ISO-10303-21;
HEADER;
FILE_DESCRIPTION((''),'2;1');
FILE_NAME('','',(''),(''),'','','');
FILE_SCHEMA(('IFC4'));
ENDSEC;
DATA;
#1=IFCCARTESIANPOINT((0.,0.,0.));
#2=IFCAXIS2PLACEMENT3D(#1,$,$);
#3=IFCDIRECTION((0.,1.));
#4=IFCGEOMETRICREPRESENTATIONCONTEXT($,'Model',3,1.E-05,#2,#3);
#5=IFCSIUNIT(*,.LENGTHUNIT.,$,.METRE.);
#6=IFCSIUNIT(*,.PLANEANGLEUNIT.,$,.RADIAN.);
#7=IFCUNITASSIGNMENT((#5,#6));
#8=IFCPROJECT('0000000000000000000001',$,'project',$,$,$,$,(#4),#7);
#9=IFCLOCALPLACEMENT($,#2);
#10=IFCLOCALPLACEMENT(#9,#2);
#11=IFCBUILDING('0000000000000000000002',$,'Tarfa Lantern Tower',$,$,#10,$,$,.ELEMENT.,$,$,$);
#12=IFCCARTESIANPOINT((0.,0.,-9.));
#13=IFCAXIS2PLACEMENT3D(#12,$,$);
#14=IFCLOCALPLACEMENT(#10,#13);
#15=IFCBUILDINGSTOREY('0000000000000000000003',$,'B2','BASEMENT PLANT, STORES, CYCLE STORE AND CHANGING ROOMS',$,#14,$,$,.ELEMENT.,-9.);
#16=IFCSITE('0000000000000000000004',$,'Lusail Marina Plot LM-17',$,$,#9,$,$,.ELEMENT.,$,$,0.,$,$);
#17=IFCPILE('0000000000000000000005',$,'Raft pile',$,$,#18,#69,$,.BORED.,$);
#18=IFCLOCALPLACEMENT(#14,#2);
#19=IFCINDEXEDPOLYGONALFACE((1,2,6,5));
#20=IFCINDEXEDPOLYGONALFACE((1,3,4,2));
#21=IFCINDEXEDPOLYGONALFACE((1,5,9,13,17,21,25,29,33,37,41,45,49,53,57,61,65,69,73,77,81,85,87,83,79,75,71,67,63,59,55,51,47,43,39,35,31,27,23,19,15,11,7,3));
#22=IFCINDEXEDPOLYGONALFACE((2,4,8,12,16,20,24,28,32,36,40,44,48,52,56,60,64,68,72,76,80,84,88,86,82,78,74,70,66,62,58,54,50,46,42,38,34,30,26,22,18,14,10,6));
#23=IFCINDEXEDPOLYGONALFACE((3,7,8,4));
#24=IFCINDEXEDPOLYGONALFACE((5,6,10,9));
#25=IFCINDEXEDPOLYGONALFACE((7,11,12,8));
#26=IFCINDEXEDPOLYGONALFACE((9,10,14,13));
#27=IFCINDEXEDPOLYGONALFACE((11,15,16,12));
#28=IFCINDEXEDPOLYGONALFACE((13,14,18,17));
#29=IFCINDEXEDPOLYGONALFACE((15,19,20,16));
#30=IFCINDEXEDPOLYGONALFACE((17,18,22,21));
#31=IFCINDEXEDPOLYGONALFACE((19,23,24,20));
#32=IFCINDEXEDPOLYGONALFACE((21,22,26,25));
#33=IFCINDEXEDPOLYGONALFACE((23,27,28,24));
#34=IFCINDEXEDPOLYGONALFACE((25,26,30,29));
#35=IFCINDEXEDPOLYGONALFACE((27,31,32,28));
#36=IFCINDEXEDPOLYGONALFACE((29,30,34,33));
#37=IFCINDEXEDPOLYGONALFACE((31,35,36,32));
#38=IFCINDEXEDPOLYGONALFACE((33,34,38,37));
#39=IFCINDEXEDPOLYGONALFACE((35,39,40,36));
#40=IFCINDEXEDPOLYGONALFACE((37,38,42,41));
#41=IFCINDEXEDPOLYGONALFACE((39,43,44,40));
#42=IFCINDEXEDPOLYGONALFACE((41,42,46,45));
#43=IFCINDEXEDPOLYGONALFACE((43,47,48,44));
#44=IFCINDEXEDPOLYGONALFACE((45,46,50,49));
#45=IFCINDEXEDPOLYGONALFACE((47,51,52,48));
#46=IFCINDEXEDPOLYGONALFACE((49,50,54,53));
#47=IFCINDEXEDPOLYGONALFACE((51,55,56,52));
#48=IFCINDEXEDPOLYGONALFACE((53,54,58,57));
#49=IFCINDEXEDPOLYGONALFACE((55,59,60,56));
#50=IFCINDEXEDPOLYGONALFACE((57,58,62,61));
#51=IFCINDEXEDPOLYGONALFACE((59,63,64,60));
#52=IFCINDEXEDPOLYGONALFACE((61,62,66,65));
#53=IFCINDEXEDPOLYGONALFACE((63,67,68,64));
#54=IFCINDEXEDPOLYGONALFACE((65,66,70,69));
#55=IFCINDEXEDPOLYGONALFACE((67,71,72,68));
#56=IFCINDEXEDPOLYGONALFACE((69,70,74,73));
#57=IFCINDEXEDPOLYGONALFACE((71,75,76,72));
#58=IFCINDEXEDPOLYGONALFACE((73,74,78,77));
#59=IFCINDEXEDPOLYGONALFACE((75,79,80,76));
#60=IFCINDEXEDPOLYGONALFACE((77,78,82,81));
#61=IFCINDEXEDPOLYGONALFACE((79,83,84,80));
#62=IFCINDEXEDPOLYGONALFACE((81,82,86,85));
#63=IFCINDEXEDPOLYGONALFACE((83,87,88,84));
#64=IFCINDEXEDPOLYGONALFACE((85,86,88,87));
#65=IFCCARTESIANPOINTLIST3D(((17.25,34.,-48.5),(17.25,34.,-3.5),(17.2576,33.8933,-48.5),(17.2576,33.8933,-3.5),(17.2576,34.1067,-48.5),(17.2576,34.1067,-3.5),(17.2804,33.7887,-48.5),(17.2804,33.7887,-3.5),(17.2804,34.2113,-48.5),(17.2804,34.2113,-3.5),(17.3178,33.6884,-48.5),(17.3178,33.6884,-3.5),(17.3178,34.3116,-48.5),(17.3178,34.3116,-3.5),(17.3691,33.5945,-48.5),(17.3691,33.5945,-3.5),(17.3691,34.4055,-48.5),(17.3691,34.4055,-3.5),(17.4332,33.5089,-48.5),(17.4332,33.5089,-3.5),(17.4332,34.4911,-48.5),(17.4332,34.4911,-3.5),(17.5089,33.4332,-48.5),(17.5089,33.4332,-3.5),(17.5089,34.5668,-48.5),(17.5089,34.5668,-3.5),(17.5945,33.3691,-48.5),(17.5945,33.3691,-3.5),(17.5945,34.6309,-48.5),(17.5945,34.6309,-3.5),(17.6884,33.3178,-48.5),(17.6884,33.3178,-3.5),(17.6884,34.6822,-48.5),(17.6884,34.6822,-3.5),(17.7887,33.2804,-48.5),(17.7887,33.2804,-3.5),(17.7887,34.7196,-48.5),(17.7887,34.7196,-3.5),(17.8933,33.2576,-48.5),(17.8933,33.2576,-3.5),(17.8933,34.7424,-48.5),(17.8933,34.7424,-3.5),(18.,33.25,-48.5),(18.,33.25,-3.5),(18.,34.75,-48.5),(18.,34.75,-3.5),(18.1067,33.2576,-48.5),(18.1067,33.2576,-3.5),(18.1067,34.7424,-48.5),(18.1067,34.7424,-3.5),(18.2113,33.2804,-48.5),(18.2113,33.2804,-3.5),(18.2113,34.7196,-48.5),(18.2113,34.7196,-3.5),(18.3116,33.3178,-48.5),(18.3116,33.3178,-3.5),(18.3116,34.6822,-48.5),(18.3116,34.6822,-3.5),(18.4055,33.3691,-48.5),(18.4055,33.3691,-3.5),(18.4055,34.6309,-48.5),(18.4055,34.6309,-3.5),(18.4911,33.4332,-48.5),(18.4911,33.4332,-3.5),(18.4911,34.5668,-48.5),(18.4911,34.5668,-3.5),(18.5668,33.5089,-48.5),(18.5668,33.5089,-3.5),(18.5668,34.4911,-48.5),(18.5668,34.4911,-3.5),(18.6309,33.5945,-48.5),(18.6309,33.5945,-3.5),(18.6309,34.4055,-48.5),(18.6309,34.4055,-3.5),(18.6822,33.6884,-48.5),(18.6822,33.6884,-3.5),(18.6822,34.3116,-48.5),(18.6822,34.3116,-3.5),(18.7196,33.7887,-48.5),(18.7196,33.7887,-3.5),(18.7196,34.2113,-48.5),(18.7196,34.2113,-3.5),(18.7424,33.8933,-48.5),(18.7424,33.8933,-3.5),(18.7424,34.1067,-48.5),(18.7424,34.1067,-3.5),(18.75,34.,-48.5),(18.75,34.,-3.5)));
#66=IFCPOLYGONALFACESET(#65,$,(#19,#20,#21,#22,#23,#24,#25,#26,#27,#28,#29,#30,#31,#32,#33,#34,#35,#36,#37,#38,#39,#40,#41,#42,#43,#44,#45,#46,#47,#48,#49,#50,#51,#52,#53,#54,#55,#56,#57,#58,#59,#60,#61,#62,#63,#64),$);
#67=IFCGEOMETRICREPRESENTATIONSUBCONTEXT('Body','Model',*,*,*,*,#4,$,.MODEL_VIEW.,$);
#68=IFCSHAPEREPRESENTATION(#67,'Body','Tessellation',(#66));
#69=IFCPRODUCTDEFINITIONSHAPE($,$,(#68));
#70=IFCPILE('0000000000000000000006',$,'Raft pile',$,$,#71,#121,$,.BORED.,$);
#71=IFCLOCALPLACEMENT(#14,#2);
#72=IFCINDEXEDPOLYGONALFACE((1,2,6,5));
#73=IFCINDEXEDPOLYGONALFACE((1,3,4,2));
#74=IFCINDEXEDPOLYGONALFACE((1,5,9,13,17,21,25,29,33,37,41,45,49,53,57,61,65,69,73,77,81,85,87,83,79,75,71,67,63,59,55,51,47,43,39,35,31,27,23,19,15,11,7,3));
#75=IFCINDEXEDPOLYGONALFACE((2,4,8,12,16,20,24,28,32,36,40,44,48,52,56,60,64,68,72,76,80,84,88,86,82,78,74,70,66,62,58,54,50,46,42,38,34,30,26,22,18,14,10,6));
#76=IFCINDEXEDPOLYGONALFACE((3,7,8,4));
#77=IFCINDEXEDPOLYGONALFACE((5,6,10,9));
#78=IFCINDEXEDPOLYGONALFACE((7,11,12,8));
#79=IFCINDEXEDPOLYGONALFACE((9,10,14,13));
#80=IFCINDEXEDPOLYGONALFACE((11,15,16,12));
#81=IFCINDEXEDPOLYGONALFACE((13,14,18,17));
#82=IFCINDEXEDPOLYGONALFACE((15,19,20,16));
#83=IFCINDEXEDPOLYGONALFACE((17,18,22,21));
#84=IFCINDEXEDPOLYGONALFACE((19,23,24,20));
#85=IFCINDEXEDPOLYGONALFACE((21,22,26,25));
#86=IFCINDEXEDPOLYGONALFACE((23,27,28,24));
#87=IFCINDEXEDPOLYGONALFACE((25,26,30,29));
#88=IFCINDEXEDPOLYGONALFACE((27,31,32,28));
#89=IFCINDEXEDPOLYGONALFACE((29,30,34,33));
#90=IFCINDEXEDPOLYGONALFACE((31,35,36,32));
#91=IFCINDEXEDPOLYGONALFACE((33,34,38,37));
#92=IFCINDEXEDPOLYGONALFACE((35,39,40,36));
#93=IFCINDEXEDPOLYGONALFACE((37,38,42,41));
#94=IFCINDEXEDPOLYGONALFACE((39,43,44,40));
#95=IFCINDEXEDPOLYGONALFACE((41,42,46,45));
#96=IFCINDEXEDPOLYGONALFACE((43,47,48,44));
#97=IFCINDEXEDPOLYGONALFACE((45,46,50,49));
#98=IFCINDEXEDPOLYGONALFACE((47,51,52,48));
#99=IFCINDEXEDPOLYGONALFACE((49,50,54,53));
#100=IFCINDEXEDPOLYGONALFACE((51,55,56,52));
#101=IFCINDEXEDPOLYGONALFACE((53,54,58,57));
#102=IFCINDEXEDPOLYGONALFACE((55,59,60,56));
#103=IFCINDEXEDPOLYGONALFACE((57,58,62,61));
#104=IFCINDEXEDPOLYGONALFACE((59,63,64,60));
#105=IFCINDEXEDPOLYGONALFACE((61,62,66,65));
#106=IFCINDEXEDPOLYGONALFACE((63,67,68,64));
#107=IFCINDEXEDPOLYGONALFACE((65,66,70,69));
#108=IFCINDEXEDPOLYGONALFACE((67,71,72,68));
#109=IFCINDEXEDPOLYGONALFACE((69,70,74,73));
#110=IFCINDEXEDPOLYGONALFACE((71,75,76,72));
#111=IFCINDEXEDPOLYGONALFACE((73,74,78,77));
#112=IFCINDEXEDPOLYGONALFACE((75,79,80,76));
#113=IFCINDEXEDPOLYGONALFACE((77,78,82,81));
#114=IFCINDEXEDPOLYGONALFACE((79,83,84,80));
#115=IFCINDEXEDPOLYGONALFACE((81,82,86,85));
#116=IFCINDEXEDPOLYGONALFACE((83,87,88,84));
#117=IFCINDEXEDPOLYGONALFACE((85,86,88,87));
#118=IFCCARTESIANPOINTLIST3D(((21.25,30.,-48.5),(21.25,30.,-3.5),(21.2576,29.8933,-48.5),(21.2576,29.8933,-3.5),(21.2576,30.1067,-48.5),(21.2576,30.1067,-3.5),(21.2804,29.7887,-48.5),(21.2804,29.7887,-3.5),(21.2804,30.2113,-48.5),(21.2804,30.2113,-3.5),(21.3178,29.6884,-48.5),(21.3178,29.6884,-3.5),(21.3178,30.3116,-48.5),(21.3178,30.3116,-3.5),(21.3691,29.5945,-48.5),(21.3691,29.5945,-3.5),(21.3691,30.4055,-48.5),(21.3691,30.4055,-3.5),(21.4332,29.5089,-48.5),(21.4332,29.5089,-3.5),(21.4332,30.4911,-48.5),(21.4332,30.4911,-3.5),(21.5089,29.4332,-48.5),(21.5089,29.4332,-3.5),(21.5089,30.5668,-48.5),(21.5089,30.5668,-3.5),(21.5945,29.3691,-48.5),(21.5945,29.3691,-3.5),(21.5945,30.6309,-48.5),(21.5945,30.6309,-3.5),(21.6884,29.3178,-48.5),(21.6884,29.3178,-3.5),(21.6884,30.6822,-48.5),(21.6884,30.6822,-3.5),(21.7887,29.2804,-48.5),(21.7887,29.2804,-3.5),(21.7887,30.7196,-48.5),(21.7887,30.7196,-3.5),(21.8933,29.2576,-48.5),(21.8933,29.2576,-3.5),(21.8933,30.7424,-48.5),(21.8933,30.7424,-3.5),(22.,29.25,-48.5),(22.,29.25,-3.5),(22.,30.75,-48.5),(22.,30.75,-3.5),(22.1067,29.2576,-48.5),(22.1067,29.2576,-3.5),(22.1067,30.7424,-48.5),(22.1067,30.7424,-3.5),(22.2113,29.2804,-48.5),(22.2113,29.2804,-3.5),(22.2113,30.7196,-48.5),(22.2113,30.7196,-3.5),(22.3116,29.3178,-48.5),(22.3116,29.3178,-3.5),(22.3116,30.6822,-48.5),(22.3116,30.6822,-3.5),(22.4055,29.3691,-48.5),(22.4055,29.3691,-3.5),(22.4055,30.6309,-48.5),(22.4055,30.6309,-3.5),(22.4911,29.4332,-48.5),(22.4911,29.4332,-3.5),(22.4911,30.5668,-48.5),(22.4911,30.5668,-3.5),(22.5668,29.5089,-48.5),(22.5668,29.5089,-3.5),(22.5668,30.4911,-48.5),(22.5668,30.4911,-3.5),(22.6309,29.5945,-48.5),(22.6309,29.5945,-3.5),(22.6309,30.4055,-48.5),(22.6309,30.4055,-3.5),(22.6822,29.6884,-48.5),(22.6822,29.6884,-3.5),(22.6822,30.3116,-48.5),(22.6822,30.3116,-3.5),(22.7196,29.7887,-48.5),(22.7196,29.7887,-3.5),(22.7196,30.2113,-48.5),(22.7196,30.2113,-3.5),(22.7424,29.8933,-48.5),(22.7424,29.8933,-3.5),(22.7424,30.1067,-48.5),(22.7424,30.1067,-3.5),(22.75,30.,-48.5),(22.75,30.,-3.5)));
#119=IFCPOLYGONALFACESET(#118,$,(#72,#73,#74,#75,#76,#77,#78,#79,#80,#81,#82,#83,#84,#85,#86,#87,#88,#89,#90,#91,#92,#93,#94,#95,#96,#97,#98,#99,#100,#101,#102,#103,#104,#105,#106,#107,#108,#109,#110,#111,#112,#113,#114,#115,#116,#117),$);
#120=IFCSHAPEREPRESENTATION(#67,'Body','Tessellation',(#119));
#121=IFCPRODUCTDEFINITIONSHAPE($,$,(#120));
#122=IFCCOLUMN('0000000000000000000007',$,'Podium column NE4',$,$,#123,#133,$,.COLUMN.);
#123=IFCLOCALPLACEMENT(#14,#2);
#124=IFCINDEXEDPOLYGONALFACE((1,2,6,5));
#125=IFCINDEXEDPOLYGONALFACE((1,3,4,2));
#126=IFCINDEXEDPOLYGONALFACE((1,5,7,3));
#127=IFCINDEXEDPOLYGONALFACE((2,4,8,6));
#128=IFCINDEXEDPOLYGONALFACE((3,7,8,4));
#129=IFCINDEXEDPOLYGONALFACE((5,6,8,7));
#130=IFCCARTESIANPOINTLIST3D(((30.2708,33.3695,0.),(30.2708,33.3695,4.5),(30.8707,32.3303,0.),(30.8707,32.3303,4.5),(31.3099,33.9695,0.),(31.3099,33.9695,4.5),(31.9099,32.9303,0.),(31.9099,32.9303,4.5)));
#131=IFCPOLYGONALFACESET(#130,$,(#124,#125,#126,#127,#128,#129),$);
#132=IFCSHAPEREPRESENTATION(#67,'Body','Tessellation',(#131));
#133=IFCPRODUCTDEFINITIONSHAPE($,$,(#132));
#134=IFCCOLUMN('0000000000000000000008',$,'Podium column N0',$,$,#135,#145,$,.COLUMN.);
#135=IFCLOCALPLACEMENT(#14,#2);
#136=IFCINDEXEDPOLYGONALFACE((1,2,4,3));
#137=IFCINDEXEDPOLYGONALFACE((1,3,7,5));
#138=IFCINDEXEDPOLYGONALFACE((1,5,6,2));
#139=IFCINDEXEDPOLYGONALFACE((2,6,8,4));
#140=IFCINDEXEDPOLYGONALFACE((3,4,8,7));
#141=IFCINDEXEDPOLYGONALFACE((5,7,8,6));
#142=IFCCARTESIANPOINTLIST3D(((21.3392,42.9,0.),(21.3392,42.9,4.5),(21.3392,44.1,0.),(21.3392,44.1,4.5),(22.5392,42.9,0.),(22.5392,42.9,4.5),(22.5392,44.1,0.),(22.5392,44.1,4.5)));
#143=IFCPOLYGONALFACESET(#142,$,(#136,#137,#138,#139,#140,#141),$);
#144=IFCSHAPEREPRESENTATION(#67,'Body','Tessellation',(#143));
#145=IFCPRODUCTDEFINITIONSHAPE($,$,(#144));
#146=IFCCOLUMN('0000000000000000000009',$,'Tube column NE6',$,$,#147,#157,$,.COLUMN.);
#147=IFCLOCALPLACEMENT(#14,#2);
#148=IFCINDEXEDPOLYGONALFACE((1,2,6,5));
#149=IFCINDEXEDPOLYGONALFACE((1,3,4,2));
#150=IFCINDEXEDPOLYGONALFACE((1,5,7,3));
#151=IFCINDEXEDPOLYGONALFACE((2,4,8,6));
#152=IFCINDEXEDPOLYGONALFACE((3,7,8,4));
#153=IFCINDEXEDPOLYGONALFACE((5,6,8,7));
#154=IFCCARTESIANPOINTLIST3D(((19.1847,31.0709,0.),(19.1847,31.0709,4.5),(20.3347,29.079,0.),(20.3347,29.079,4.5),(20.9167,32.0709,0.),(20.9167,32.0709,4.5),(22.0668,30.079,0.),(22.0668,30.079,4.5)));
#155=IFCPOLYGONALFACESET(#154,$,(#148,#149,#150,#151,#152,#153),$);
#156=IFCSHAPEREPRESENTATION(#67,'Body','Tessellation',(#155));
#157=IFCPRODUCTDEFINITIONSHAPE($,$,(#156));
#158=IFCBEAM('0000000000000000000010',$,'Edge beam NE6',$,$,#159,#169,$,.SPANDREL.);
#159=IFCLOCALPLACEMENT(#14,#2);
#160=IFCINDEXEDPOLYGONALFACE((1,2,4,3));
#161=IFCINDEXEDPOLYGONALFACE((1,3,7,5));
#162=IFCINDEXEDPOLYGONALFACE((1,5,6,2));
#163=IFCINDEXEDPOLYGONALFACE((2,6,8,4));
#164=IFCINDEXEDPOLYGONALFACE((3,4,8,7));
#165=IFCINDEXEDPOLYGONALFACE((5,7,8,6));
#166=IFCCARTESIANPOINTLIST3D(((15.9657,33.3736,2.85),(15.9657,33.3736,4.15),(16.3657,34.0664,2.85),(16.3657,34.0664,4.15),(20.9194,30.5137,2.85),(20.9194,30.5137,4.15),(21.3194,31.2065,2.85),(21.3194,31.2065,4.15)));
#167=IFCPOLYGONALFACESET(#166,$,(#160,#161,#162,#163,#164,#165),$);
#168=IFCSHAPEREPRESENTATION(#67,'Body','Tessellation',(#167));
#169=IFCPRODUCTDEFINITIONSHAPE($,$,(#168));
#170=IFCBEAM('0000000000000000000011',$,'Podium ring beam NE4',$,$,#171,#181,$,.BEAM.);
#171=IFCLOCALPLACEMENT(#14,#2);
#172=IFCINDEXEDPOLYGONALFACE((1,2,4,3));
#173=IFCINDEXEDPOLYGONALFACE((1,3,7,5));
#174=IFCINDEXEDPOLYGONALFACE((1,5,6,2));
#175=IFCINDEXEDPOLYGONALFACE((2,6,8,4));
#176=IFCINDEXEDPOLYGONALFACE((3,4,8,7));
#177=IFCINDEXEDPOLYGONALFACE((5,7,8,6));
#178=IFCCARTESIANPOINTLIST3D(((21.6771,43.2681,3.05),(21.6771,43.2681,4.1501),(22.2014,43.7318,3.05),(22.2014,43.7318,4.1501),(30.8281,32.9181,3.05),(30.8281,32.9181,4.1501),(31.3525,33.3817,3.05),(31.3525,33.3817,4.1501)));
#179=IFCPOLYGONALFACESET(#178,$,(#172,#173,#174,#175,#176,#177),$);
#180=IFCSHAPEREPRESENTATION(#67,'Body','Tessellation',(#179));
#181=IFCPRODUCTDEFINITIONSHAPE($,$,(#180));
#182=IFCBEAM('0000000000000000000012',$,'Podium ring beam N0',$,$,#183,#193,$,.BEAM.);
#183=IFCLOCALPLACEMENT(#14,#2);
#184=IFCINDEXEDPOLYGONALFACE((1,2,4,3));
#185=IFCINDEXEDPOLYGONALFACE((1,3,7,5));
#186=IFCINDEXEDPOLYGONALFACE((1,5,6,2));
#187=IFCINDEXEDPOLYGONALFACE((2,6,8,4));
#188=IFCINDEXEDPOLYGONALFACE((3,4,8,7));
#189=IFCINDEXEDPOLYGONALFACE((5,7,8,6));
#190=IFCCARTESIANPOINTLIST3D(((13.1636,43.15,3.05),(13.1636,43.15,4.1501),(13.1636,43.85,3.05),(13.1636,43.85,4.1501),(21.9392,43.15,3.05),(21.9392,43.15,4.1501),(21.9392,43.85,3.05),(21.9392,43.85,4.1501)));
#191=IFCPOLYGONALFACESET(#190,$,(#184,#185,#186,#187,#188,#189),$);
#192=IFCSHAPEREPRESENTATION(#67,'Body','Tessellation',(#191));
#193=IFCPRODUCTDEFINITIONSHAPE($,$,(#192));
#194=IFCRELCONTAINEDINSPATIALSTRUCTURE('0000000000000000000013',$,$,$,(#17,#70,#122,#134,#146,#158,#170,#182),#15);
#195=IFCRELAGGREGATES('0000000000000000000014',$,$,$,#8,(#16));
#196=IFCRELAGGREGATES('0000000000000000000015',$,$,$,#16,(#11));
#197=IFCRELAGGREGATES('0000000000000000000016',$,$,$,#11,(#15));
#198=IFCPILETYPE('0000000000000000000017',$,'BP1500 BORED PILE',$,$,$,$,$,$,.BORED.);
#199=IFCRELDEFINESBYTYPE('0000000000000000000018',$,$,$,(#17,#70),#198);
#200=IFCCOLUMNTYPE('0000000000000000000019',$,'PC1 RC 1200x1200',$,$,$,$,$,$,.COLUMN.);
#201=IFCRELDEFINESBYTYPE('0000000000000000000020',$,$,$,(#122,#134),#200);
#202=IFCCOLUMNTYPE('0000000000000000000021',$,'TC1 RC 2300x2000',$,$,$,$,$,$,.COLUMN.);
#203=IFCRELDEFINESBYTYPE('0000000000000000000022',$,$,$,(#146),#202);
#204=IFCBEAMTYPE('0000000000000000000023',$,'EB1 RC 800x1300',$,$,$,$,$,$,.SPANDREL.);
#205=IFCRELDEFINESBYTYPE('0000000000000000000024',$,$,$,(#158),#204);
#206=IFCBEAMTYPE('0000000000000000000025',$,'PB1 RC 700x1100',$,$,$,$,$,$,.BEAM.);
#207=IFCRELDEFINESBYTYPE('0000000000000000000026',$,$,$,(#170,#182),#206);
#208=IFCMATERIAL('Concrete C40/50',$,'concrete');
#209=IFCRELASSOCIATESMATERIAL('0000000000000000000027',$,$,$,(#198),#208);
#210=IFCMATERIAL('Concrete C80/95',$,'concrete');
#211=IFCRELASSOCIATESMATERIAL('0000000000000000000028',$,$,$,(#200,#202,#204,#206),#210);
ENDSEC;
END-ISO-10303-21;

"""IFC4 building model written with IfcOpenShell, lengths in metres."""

from ifc_helpers import new_model, si_unit, direction, frame, origin, origin_2d, place, context, subcontext, project, spatial, rectangle, circle, extrude, material, material_profile, profile_set, type_object, element, save


model = new_model("IFC4")

# Units and contexts
model_context = context("Model", 3, precision=1e-05, world=origin(), true_north=direction((0.0, 1.0)))
body_context = subcontext(model_context, "Body", "Model", "MODEL_VIEW")
ifc_project = project(units=[si_unit("LENGTHUNIT", "METRE"), si_unit("PLANEANGLEUNIT", "RADIAN")], contexts=[model_context])

# Site, building, storey
site_placement = place(None, origin())
site = spatial("IfcSite", under=ifc_project, at=site_placement, Name="Lusail Marina Plot LM-17", CompositionType="ELEMENT", RefElevation=0.0)
building_placement = place(site_placement, origin())
building = spatial("IfcBuilding", under=site, at=building_placement, Name="Tarfa Lantern Tower", CompositionType="ELEMENT")
storey_placement = place(building_placement, frame((0.0, 0.0, -9.0)))
storey = spatial("IfcBuildingStorey", under=building, at=storey_placement, Name="B2", Description="BASEMENT PLANT, STORES, CYCLE STORE AND CHANGING ROOMS", CompositionType="ELEMENT", Elevation=-9.0)

# Piles
ifc_material_1 = material(Name="Concrete C40/50", Category="concrete")
ifc_material_profile_1 = material_profile(ifc_material_1, circle(Radius=0.75, at=origin_2d()), Name="BORED PILE D1500")
ifc_profile_set_1 = profile_set([ifc_material_profile_1], Name="Concrete C40/50")
pile_type_1 = type_object("IfcPileType", Name="BP1500 BORED PILE", PredefinedType="BORED", material=ifc_profile_set_1)
for number, where, z_axis, x_axis, name in (
    (1, (18.0, 34.0, -3.5), (0.0, 0.0, -1.0), (1.0, 0.0, 0.0), "Raft pile"),
    (2, (22.0, 30.0, -3.5), (0.0, 0.0, -1.0), (1.0, 0.0, 0.0), "Raft pile"),
):
    element("IfcPile", number, at=place(storey_placement, frame(where, z_axis=z_axis, x_axis=x_axis)), inside=storey, type_object=pile_type_1, Name=name, PredefinedType="BORED", context=body_context, shape_type="SweptSolid", body=[
        extrude(circle(Radius=0.75, at=origin_2d()), origin(), (0.0, 0.0, 1.0), 45.0),
    ])

# Columns
ifc_material_2 = material(Name="Concrete C80/95", Category="concrete")
ifc_material_profile_2 = material_profile(ifc_material_2, rectangle(XDim=1.2, YDim=1.2, at=origin_2d()), Name="RC 1200x1200")
ifc_profile_set_2 = profile_set([ifc_material_profile_2], Name="Concrete C80/95")
column_type_1 = type_object("IfcColumnType", Name="PC1 RC 1200x1200", PredefinedType="COLUMN", material=ifc_profile_set_2)
for number, where, z_axis, x_axis, name in (
    (3, (31.0903, 33.1499, 0.0), (0.0, 0.0, 1.0), (-0.5, 0.866025, 0.0), "Podium column NE4"),
    (4, (21.9392, 43.5, 0.0), (0.0, 0.0, 1.0), (-1.0, 0.0, 0.0), "Podium column N0"),
):
    element("IfcColumn", number, at=place(storey_placement, frame(where, z_axis=z_axis, x_axis=x_axis)), inside=storey, type_object=column_type_1, Name=name, PredefinedType="COLUMN", context=body_context, shape_type="SweptSolid", body=[
        extrude(rectangle(XDim=1.2, YDim=1.2, at=origin_2d()), origin(), (0.0, 0.0, 1.0), 4.5),
    ])
ifc_material_profile_3 = material_profile(ifc_material_2, rectangle(XDim=2.3, YDim=2.0, at=origin_2d()), Name="RC 2300x2000")
ifc_profile_set_3 = profile_set([ifc_material_profile_3], Name="Concrete C80/95")
column_type_2 = type_object("IfcColumnType", Name="TC1 RC 2300x2000", PredefinedType="COLUMN", material=ifc_profile_set_3)
column_placement = place(storey_placement, frame((20.6257, 30.575, 0.0), z_axis=(0.0, 0.0, 1.0), x_axis=(-0.5, 0.866025, 0.0)))
element("IfcColumn", 5, at=column_placement, inside=storey, type_object=column_type_2, Name="Tube column NE6", PredefinedType="COLUMN", context=body_context, shape_type="SweptSolid", body=[
    extrude(rectangle(XDim=2.3, YDim=2.0, at=origin_2d()), origin(), (0.0, 0.0, 1.0), 4.5),
])

# Beams
ifc_material_profile_4 = material_profile(ifc_material_2, rectangle(XDim=0.8, YDim=1.3, at=origin_2d()), Name="RC 800x1300")
ifc_profile_set_4 = profile_set([ifc_material_profile_4], Name="Concrete C80/95")
beam_type_1 = type_object("IfcBeamType", Name="EB1 RC 800x1300", PredefinedType="SPANDREL", material=ifc_profile_set_4)
beam_1_placement = place(storey_placement, frame((21.1194, 30.8601, 3.5), z_axis=(-0.866033, 0.499986, 0.0), x_axis=(-0.499986, -0.866033, 0.0)))
element("IfcBeam", 6, at=beam_1_placement, inside=storey, type_object=beam_type_1, Name="Edge beam NE6", PredefinedType="SPANDREL", context=body_context, shape_type="SweptSolid", body=[
    extrude(rectangle(XDim=0.8, YDim=1.3, at=origin_2d()), origin(), (0.0, 0.0, 1.0), 5.72),
])
ifc_material_profile_5 = material_profile(ifc_material_2, rectangle(XDim=0.7, YDim=1.1001, at=origin_2d()), Name="RC 700x1100")
ifc_profile_set_5 = profile_set([ifc_material_profile_5], Name="Concrete C80/95")
beam_type_2 = type_object("IfcBeamType", Name="PB1 RC 700x1100", PredefinedType="BEAM", material=ifc_profile_set_5)
beam_2_placement = place(storey_placement, frame((31.0903, 33.1499, 3.6001), z_axis=(-0.662382, 0.749167, 0.0), x_axis=(-0.749167, -0.662382, 0.0)))
element("IfcBeam", 7, at=beam_2_placement, inside=storey, type_object=beam_type_2, Name="Podium ring beam NE4", PredefinedType="BEAM", context=body_context, shape_type="SweptSolid", body=[
    extrude(rectangle(XDim=0.7, YDim=1.1001, at=origin_2d()), origin(), (0.0, 0.0, 1.0), 13.8154),
])
beam_3_placement = place(storey_placement, frame((21.9392, 43.5, 3.6001), z_axis=(-1.0, 0.0, 0.0), x_axis=(0.0, -1.0, 0.0)))
element("IfcBeam", 8, at=beam_3_placement, inside=storey, type_object=beam_type_2, Name="Podium ring beam N0", PredefinedType="BEAM", context=body_context, shape_type="SweptSolid", body=[
    extrude(rectangle(XDim=0.7, YDim=1.1001, at=origin_2d()), origin(), (0.0, 0.0, 1.0), 8.7756),
])

save(model, "model.ifc")
